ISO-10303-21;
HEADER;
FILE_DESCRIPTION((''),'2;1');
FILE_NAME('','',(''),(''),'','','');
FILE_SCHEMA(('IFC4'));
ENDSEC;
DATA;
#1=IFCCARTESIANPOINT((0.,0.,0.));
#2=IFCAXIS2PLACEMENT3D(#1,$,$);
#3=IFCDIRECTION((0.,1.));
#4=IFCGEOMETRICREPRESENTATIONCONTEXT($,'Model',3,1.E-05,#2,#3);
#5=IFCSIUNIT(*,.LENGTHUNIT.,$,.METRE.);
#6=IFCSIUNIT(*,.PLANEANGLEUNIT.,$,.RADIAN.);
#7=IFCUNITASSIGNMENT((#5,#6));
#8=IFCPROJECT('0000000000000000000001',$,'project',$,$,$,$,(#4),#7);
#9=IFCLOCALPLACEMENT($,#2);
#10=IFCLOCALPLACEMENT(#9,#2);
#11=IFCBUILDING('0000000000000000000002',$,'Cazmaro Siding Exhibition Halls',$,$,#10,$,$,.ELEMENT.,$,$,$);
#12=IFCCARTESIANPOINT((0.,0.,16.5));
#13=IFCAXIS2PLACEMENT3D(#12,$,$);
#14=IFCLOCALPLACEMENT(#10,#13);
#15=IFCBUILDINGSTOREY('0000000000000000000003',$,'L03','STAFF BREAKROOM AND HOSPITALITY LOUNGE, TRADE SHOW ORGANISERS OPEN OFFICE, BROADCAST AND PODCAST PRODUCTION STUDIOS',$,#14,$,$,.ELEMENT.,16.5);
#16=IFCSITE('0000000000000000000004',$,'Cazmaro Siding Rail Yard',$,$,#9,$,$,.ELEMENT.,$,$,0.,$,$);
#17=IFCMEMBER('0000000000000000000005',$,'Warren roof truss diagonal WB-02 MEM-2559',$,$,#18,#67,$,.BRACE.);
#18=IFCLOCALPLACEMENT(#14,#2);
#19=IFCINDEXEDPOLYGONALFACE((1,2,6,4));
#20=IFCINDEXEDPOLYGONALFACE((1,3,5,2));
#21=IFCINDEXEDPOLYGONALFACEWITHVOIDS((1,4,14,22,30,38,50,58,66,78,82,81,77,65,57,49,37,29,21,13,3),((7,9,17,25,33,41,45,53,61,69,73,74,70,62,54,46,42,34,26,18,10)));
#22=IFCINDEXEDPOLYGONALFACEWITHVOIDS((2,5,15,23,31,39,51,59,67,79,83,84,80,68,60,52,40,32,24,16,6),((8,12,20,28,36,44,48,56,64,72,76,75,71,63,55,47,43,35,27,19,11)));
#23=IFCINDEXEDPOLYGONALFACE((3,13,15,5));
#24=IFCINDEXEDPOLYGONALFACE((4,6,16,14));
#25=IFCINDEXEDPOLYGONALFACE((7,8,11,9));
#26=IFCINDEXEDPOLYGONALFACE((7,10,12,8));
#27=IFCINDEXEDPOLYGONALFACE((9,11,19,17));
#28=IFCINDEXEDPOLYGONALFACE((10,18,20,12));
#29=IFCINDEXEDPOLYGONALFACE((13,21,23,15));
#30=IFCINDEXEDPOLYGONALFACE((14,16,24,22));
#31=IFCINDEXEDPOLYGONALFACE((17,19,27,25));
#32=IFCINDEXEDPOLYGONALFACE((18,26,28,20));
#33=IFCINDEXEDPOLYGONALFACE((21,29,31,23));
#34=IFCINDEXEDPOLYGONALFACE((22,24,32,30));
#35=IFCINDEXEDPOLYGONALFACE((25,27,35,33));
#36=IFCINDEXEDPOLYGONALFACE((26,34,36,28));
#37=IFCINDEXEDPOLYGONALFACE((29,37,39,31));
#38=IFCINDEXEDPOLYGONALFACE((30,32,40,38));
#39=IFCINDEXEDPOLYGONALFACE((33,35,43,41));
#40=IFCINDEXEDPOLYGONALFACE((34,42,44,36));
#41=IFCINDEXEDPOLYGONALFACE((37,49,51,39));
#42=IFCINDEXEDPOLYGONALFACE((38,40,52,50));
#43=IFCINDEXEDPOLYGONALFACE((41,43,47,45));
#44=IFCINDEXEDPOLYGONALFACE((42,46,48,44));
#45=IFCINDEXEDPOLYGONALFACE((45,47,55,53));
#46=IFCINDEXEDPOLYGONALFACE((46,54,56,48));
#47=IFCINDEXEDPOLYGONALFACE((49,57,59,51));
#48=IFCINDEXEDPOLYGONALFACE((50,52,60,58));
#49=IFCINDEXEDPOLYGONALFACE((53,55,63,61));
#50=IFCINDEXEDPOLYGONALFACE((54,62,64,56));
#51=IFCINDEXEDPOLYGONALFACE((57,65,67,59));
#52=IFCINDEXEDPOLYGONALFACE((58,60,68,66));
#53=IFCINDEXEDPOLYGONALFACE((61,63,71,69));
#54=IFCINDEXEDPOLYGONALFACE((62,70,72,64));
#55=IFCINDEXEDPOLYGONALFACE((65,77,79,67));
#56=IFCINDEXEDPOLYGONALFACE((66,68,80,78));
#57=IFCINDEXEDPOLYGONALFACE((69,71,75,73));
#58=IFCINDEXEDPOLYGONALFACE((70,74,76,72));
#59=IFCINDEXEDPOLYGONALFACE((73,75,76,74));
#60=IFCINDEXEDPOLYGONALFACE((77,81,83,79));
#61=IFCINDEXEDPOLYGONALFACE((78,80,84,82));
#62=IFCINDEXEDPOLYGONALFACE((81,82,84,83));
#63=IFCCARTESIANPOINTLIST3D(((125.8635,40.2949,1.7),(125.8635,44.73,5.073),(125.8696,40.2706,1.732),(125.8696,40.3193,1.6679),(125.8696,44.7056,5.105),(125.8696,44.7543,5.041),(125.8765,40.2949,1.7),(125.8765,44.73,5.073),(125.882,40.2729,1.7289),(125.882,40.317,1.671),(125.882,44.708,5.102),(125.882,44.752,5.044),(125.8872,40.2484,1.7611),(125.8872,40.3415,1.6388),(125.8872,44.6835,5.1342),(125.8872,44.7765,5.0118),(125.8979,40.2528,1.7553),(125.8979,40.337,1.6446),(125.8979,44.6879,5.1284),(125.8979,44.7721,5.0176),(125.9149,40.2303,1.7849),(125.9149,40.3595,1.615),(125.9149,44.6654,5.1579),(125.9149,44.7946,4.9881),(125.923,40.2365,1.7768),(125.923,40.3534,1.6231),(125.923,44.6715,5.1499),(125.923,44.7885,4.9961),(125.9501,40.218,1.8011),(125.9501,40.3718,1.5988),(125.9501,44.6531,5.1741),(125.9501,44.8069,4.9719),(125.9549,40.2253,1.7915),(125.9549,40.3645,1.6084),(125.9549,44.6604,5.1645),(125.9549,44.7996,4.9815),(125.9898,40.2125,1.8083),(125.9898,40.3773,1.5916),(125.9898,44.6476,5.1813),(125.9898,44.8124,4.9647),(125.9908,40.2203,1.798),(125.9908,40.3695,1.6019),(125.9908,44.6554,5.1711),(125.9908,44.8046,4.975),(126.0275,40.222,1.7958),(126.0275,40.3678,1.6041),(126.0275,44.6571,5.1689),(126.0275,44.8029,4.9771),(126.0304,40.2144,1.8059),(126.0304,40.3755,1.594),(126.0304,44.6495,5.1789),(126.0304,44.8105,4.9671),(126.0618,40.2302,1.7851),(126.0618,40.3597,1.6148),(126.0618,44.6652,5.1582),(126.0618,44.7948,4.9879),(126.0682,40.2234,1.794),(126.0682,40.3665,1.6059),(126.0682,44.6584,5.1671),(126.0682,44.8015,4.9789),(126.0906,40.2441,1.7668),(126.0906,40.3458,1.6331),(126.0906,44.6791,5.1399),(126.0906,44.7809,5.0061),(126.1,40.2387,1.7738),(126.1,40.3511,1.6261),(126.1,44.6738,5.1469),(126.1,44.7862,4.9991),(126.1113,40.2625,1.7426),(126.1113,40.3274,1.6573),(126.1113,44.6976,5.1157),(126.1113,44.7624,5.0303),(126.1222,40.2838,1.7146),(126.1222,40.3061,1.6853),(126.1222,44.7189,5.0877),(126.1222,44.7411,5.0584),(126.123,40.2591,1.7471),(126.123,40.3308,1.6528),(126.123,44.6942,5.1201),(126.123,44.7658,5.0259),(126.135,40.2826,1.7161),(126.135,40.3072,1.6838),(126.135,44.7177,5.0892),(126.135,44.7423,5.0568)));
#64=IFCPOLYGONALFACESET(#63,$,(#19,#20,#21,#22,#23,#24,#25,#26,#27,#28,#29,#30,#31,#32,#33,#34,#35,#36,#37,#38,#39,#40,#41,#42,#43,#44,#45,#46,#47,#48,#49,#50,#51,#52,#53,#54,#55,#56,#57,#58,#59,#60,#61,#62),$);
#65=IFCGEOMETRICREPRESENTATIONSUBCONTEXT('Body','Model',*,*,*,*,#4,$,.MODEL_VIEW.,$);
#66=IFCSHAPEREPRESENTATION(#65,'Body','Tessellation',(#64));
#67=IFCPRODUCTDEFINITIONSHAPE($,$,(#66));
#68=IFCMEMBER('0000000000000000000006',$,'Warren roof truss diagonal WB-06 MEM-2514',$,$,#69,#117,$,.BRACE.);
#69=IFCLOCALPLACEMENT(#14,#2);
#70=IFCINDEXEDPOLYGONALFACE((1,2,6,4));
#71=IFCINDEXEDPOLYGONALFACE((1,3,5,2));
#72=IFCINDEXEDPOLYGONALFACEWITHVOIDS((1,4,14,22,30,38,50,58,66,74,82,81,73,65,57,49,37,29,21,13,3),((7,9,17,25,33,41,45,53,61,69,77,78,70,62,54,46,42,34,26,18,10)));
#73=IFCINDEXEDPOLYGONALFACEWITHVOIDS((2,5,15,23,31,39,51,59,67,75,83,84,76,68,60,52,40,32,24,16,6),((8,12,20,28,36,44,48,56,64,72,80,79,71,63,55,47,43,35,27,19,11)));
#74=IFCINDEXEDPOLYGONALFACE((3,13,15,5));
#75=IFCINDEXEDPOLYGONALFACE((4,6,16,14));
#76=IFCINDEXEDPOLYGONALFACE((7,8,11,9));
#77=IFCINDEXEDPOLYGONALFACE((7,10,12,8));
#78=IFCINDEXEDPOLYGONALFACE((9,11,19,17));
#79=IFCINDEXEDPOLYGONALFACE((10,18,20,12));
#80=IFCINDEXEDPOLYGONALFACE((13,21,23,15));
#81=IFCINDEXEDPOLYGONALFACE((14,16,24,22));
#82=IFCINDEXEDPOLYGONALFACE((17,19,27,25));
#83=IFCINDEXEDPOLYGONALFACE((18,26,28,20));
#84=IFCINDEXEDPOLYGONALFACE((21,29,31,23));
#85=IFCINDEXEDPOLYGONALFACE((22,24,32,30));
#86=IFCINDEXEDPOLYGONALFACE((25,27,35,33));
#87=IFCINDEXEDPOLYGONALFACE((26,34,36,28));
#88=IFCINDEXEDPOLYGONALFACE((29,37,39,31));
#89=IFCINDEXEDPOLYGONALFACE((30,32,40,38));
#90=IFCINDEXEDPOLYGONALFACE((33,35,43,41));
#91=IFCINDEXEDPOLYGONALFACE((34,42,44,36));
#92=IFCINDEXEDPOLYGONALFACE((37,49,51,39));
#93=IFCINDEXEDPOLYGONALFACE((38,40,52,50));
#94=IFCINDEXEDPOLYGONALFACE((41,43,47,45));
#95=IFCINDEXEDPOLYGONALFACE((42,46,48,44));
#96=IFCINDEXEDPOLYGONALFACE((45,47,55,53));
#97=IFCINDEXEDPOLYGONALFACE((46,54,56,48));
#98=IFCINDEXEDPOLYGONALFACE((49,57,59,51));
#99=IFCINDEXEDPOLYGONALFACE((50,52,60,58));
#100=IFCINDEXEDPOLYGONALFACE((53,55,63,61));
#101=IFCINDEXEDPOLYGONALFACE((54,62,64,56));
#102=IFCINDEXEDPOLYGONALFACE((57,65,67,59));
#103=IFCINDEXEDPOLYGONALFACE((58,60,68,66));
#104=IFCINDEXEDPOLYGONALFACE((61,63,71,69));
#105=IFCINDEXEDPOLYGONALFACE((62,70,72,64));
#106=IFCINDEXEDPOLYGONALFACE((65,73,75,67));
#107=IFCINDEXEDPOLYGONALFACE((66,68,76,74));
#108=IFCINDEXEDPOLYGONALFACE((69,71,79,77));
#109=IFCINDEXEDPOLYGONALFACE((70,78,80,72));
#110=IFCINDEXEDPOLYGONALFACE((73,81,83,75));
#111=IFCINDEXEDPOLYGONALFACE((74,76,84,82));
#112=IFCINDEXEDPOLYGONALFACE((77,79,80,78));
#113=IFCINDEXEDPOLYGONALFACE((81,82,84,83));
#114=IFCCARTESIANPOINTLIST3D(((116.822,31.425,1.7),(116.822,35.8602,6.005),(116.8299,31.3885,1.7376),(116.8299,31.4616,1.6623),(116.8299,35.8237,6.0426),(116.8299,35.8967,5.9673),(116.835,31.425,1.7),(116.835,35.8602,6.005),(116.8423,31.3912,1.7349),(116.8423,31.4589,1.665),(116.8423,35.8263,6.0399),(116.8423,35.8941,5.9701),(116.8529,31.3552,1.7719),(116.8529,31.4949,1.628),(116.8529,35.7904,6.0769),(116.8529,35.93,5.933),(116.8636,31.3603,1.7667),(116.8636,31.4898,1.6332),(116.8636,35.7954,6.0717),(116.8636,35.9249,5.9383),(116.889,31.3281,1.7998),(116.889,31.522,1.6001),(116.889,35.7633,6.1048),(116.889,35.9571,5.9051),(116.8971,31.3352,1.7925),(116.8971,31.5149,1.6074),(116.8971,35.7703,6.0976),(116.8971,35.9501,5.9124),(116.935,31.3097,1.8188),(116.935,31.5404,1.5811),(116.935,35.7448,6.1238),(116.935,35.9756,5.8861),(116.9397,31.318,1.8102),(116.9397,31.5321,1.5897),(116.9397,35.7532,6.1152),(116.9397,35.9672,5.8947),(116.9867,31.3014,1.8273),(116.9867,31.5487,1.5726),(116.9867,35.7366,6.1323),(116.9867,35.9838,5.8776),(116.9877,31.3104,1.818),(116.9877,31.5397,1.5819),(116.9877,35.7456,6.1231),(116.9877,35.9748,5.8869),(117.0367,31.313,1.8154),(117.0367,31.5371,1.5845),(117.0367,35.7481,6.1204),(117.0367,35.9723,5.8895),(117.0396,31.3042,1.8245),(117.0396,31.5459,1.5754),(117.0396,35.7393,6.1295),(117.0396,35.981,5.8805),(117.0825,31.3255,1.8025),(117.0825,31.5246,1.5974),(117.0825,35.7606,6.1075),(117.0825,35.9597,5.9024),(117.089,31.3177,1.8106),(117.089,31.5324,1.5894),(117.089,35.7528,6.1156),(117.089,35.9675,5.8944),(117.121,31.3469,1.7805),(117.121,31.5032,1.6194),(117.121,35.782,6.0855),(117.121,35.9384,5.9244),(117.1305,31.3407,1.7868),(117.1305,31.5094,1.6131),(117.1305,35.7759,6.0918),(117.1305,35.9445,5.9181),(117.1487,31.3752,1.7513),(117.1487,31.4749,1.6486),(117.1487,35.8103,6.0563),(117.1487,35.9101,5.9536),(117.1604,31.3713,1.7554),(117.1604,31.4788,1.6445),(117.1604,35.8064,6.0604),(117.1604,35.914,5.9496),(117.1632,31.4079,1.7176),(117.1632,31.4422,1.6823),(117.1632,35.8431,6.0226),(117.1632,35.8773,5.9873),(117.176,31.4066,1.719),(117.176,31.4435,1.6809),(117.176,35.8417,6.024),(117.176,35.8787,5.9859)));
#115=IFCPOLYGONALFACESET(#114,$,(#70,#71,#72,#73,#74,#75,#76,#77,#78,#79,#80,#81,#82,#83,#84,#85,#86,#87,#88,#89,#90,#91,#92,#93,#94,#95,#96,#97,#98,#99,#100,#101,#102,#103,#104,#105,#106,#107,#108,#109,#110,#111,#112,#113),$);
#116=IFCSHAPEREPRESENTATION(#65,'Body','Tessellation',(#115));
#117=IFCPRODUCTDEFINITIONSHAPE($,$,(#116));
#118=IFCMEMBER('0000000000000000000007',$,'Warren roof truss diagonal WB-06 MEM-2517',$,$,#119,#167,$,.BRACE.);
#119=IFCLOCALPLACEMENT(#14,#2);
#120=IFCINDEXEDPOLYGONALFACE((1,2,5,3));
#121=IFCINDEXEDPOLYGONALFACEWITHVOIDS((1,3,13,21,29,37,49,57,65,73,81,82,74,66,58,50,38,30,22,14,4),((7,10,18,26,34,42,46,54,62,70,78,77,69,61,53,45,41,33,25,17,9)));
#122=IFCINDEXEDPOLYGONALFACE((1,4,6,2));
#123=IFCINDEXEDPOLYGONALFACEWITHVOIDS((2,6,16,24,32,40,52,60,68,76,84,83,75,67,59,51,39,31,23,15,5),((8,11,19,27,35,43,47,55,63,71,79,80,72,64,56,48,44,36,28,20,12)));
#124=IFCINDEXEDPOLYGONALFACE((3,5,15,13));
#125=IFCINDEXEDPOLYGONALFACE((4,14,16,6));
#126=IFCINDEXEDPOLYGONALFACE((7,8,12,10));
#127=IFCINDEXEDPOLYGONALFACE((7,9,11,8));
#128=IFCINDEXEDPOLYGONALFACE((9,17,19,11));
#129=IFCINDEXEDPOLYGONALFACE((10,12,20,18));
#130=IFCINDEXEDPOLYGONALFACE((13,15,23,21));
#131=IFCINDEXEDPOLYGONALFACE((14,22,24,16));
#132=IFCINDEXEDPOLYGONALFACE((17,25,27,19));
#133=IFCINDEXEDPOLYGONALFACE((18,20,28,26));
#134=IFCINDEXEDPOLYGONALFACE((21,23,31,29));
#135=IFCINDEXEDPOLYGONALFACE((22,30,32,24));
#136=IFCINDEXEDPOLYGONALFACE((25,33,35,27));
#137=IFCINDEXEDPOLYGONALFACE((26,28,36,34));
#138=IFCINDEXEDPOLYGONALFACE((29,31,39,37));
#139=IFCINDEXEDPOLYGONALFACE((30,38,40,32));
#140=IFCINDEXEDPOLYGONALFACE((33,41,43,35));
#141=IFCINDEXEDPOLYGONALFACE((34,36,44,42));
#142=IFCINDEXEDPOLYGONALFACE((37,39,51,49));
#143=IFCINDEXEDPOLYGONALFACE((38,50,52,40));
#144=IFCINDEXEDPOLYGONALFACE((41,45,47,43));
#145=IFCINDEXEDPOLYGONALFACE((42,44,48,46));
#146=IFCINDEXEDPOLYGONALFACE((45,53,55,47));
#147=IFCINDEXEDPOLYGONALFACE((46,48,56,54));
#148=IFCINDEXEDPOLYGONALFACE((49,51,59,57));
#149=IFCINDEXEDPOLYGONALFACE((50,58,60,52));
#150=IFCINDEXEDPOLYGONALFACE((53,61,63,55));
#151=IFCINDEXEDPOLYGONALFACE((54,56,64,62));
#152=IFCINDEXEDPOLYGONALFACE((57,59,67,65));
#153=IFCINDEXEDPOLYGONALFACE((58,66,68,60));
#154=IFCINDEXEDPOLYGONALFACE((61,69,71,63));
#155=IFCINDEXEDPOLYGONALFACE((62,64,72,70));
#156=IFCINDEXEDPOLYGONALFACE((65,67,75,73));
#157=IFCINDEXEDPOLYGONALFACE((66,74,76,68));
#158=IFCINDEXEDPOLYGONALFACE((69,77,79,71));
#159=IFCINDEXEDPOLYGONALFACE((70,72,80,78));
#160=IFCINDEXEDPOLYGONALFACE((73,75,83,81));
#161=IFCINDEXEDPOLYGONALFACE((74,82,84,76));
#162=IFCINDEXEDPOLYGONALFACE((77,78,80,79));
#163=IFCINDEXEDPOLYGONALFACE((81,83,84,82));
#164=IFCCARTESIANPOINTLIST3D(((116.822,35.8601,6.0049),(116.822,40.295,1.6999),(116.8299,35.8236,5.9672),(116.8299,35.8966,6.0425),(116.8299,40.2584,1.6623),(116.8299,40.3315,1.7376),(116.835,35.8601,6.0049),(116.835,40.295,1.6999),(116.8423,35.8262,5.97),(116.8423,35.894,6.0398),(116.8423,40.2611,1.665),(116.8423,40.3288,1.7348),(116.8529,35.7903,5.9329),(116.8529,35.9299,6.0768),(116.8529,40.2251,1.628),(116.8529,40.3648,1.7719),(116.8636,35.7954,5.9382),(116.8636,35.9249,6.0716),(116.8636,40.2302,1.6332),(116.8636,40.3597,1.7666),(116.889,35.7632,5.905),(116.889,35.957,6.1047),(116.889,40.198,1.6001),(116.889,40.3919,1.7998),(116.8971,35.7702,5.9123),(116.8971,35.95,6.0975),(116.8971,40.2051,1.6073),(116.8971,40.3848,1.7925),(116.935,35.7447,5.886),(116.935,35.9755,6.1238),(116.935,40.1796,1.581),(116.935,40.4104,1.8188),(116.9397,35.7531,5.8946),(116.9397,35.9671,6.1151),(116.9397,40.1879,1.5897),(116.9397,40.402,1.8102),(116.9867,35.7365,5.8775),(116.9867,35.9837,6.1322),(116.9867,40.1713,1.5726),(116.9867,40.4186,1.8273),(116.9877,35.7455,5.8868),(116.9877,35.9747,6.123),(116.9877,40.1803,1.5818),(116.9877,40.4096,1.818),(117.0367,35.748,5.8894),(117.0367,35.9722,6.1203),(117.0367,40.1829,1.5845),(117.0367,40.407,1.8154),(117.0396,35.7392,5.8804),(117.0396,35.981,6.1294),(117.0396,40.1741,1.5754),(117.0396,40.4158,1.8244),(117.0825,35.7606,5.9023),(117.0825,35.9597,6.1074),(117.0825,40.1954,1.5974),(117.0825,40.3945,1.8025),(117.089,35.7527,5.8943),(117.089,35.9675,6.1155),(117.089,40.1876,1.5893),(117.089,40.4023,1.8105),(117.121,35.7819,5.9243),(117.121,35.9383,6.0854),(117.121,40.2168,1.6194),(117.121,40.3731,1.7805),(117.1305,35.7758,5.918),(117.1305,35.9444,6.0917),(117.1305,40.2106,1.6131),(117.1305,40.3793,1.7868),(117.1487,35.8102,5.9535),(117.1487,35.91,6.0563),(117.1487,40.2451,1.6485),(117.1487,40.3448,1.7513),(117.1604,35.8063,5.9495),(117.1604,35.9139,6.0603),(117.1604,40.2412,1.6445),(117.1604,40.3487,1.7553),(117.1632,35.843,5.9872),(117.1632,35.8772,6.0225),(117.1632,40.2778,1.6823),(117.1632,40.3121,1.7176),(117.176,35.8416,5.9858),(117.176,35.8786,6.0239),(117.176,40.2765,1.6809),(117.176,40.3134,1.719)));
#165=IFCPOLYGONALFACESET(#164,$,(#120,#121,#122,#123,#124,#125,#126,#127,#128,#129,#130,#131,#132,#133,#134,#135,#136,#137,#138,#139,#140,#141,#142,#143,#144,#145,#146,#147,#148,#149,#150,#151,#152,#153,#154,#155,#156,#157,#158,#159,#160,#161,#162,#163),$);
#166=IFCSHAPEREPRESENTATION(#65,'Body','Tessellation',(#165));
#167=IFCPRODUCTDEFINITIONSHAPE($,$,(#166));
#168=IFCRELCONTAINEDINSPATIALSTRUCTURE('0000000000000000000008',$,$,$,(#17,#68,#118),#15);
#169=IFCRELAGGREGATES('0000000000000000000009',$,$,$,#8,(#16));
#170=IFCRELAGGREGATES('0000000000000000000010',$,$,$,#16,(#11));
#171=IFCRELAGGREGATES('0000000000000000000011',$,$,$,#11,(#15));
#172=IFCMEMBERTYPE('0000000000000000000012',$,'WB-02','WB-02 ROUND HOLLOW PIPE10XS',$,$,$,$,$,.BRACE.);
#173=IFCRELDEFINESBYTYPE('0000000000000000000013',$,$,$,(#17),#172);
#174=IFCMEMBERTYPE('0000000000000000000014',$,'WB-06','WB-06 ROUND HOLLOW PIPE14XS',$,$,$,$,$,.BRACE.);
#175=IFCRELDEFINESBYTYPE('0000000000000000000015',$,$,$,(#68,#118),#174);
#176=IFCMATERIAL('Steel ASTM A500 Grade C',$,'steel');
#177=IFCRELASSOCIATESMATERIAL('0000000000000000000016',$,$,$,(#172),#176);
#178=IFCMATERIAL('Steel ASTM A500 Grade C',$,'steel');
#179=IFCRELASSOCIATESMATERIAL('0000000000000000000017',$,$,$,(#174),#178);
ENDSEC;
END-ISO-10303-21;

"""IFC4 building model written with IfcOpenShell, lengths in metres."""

from ifc_helpers import new_model, si_unit, direction, frame, origin, origin_2d, place, context, subcontext, project, spatial, hollow_circle, extrude, material, material_profile, profile_set, type_object, element, save


model = new_model("IFC4")

# Units and contexts
model_context = context("Model", 3, precision=1e-05, world=origin(), true_north=direction((0.0, 1.0)))
body_context = subcontext(model_context, "Body", "Model", "MODEL_VIEW")
ifc_project = project(units=[si_unit("LENGTHUNIT", "METRE"), si_unit("PLANEANGLEUNIT", "RADIAN")], contexts=[model_context])

# Site, building, storey
site_placement = place(None, origin())
site = spatial("IfcSite", under=ifc_project, at=site_placement, Name="Cazmaro Siding Rail Yard", CompositionType="ELEMENT", RefElevation=0.0)
building_placement = place(site_placement, origin())
building = spatial("IfcBuilding", under=site, at=building_placement, Name="Cazmaro Siding Exhibition Halls", CompositionType="ELEMENT")
storey_placement = place(building_placement, frame((0.0, 0.0, 16.5)))
storey = spatial("IfcBuildingStorey", under=building, at=storey_placement, Name="L03", Description="STAFF BREAKROOM AND HOSPITALITY LOUNGE, TRADE SHOW ORGANISERS OPEN OFFICE, BROADCAST AND PODCAST PRODUCTION STUDIOS", CompositionType="ELEMENT", Elevation=16.5)

# Members
ifc_material_1 = material(Name="Steel ASTM A500 Grade C", Category="steel")
ifc_material_profile_1 = material_profile(ifc_material_1, hollow_circle(Radius=0.1365, WallThickness=0.0129, at=origin_2d()), Name="PIPE10XS")
ifc_profile_set_1 = profile_set([ifc_material_profile_1], Name="Steel ASTM A500 Grade C")
member_type_1 = type_object("IfcMemberType", Name="WB-02", Description="WB-02 ROUND HOLLOW PIPE10XS", PredefinedType="BRACE", material=ifc_profile_set_1)
member_1_placement = place(storey_placement, frame((126.0, 40.2949, 1.7), z_axis=(0.0, 0.795954, 0.605357), x_axis=(-1.0, 0.0, 0.0)))
element("IfcMember", 1, at=member_1_placement, inside=storey, type_object=member_type_1, Name="Warren roof truss diagonal WB-02 MEM-2559", PredefinedType="BRACE", context=body_context, shape_type="SweptSolid", body=[
    extrude(hollow_circle(Radius=0.1365, WallThickness=0.0129, at=origin_2d()), origin(), (0.0, 0.0, 1.0), 5.572),
])
ifc_material_2 = material(Name="Steel ASTM A500 Grade C", Category="steel")
ifc_material_profile_2 = material_profile(ifc_material_2, hollow_circle(Radius=0.178, WallThickness=0.0129, at=origin_2d()), Name="PIPE14XS")
ifc_profile_set_2 = profile_set([ifc_material_profile_2], Name="Steel ASTM A500 Grade C")
member_type_2 = type_object("IfcMemberType", Name="WB-06", Description="WB-06 ROUND HOLLOW PIPE14XS", PredefinedType="BRACE", material=ifc_profile_set_2)
member_2_placement = place(storey_placement, frame((117.0, 31.425, 1.7), z_axis=(0.0, 0.717555, 0.696502), x_axis=(-1.0, 0.0, 0.0)))
element("IfcMember", 2, at=member_2_placement, inside=storey, type_object=member_type_2, Name="Warren roof truss diagonal WB-06 MEM-2514", PredefinedType="BRACE", context=body_context, shape_type="SweptSolid", body=[
    extrude(hollow_circle(Radius=0.178, WallThickness=0.0129, at=origin_2d()), origin(), (0.0, 0.0, 1.0), 6.1809),
])
member_3_placement = place(storey_placement, frame((117.0, 35.8601, 6.0049), z_axis=(0.0, 0.717536, -0.696521), x_axis=(-1.0, 0.0, 0.0)))
element("IfcMember", 3, at=member_3_placement, inside=storey, type_object=member_type_2, Name="Warren roof truss diagonal WB-06 MEM-2517", PredefinedType="BRACE", context=body_context, shape_type="SweptSolid", body=[
    extrude(hollow_circle(Radius=0.178, WallThickness=0.0129, at=origin_2d()), origin(), (0.0, 0.0, 1.0), 6.1807),
])

save(model, "model.ifc")
